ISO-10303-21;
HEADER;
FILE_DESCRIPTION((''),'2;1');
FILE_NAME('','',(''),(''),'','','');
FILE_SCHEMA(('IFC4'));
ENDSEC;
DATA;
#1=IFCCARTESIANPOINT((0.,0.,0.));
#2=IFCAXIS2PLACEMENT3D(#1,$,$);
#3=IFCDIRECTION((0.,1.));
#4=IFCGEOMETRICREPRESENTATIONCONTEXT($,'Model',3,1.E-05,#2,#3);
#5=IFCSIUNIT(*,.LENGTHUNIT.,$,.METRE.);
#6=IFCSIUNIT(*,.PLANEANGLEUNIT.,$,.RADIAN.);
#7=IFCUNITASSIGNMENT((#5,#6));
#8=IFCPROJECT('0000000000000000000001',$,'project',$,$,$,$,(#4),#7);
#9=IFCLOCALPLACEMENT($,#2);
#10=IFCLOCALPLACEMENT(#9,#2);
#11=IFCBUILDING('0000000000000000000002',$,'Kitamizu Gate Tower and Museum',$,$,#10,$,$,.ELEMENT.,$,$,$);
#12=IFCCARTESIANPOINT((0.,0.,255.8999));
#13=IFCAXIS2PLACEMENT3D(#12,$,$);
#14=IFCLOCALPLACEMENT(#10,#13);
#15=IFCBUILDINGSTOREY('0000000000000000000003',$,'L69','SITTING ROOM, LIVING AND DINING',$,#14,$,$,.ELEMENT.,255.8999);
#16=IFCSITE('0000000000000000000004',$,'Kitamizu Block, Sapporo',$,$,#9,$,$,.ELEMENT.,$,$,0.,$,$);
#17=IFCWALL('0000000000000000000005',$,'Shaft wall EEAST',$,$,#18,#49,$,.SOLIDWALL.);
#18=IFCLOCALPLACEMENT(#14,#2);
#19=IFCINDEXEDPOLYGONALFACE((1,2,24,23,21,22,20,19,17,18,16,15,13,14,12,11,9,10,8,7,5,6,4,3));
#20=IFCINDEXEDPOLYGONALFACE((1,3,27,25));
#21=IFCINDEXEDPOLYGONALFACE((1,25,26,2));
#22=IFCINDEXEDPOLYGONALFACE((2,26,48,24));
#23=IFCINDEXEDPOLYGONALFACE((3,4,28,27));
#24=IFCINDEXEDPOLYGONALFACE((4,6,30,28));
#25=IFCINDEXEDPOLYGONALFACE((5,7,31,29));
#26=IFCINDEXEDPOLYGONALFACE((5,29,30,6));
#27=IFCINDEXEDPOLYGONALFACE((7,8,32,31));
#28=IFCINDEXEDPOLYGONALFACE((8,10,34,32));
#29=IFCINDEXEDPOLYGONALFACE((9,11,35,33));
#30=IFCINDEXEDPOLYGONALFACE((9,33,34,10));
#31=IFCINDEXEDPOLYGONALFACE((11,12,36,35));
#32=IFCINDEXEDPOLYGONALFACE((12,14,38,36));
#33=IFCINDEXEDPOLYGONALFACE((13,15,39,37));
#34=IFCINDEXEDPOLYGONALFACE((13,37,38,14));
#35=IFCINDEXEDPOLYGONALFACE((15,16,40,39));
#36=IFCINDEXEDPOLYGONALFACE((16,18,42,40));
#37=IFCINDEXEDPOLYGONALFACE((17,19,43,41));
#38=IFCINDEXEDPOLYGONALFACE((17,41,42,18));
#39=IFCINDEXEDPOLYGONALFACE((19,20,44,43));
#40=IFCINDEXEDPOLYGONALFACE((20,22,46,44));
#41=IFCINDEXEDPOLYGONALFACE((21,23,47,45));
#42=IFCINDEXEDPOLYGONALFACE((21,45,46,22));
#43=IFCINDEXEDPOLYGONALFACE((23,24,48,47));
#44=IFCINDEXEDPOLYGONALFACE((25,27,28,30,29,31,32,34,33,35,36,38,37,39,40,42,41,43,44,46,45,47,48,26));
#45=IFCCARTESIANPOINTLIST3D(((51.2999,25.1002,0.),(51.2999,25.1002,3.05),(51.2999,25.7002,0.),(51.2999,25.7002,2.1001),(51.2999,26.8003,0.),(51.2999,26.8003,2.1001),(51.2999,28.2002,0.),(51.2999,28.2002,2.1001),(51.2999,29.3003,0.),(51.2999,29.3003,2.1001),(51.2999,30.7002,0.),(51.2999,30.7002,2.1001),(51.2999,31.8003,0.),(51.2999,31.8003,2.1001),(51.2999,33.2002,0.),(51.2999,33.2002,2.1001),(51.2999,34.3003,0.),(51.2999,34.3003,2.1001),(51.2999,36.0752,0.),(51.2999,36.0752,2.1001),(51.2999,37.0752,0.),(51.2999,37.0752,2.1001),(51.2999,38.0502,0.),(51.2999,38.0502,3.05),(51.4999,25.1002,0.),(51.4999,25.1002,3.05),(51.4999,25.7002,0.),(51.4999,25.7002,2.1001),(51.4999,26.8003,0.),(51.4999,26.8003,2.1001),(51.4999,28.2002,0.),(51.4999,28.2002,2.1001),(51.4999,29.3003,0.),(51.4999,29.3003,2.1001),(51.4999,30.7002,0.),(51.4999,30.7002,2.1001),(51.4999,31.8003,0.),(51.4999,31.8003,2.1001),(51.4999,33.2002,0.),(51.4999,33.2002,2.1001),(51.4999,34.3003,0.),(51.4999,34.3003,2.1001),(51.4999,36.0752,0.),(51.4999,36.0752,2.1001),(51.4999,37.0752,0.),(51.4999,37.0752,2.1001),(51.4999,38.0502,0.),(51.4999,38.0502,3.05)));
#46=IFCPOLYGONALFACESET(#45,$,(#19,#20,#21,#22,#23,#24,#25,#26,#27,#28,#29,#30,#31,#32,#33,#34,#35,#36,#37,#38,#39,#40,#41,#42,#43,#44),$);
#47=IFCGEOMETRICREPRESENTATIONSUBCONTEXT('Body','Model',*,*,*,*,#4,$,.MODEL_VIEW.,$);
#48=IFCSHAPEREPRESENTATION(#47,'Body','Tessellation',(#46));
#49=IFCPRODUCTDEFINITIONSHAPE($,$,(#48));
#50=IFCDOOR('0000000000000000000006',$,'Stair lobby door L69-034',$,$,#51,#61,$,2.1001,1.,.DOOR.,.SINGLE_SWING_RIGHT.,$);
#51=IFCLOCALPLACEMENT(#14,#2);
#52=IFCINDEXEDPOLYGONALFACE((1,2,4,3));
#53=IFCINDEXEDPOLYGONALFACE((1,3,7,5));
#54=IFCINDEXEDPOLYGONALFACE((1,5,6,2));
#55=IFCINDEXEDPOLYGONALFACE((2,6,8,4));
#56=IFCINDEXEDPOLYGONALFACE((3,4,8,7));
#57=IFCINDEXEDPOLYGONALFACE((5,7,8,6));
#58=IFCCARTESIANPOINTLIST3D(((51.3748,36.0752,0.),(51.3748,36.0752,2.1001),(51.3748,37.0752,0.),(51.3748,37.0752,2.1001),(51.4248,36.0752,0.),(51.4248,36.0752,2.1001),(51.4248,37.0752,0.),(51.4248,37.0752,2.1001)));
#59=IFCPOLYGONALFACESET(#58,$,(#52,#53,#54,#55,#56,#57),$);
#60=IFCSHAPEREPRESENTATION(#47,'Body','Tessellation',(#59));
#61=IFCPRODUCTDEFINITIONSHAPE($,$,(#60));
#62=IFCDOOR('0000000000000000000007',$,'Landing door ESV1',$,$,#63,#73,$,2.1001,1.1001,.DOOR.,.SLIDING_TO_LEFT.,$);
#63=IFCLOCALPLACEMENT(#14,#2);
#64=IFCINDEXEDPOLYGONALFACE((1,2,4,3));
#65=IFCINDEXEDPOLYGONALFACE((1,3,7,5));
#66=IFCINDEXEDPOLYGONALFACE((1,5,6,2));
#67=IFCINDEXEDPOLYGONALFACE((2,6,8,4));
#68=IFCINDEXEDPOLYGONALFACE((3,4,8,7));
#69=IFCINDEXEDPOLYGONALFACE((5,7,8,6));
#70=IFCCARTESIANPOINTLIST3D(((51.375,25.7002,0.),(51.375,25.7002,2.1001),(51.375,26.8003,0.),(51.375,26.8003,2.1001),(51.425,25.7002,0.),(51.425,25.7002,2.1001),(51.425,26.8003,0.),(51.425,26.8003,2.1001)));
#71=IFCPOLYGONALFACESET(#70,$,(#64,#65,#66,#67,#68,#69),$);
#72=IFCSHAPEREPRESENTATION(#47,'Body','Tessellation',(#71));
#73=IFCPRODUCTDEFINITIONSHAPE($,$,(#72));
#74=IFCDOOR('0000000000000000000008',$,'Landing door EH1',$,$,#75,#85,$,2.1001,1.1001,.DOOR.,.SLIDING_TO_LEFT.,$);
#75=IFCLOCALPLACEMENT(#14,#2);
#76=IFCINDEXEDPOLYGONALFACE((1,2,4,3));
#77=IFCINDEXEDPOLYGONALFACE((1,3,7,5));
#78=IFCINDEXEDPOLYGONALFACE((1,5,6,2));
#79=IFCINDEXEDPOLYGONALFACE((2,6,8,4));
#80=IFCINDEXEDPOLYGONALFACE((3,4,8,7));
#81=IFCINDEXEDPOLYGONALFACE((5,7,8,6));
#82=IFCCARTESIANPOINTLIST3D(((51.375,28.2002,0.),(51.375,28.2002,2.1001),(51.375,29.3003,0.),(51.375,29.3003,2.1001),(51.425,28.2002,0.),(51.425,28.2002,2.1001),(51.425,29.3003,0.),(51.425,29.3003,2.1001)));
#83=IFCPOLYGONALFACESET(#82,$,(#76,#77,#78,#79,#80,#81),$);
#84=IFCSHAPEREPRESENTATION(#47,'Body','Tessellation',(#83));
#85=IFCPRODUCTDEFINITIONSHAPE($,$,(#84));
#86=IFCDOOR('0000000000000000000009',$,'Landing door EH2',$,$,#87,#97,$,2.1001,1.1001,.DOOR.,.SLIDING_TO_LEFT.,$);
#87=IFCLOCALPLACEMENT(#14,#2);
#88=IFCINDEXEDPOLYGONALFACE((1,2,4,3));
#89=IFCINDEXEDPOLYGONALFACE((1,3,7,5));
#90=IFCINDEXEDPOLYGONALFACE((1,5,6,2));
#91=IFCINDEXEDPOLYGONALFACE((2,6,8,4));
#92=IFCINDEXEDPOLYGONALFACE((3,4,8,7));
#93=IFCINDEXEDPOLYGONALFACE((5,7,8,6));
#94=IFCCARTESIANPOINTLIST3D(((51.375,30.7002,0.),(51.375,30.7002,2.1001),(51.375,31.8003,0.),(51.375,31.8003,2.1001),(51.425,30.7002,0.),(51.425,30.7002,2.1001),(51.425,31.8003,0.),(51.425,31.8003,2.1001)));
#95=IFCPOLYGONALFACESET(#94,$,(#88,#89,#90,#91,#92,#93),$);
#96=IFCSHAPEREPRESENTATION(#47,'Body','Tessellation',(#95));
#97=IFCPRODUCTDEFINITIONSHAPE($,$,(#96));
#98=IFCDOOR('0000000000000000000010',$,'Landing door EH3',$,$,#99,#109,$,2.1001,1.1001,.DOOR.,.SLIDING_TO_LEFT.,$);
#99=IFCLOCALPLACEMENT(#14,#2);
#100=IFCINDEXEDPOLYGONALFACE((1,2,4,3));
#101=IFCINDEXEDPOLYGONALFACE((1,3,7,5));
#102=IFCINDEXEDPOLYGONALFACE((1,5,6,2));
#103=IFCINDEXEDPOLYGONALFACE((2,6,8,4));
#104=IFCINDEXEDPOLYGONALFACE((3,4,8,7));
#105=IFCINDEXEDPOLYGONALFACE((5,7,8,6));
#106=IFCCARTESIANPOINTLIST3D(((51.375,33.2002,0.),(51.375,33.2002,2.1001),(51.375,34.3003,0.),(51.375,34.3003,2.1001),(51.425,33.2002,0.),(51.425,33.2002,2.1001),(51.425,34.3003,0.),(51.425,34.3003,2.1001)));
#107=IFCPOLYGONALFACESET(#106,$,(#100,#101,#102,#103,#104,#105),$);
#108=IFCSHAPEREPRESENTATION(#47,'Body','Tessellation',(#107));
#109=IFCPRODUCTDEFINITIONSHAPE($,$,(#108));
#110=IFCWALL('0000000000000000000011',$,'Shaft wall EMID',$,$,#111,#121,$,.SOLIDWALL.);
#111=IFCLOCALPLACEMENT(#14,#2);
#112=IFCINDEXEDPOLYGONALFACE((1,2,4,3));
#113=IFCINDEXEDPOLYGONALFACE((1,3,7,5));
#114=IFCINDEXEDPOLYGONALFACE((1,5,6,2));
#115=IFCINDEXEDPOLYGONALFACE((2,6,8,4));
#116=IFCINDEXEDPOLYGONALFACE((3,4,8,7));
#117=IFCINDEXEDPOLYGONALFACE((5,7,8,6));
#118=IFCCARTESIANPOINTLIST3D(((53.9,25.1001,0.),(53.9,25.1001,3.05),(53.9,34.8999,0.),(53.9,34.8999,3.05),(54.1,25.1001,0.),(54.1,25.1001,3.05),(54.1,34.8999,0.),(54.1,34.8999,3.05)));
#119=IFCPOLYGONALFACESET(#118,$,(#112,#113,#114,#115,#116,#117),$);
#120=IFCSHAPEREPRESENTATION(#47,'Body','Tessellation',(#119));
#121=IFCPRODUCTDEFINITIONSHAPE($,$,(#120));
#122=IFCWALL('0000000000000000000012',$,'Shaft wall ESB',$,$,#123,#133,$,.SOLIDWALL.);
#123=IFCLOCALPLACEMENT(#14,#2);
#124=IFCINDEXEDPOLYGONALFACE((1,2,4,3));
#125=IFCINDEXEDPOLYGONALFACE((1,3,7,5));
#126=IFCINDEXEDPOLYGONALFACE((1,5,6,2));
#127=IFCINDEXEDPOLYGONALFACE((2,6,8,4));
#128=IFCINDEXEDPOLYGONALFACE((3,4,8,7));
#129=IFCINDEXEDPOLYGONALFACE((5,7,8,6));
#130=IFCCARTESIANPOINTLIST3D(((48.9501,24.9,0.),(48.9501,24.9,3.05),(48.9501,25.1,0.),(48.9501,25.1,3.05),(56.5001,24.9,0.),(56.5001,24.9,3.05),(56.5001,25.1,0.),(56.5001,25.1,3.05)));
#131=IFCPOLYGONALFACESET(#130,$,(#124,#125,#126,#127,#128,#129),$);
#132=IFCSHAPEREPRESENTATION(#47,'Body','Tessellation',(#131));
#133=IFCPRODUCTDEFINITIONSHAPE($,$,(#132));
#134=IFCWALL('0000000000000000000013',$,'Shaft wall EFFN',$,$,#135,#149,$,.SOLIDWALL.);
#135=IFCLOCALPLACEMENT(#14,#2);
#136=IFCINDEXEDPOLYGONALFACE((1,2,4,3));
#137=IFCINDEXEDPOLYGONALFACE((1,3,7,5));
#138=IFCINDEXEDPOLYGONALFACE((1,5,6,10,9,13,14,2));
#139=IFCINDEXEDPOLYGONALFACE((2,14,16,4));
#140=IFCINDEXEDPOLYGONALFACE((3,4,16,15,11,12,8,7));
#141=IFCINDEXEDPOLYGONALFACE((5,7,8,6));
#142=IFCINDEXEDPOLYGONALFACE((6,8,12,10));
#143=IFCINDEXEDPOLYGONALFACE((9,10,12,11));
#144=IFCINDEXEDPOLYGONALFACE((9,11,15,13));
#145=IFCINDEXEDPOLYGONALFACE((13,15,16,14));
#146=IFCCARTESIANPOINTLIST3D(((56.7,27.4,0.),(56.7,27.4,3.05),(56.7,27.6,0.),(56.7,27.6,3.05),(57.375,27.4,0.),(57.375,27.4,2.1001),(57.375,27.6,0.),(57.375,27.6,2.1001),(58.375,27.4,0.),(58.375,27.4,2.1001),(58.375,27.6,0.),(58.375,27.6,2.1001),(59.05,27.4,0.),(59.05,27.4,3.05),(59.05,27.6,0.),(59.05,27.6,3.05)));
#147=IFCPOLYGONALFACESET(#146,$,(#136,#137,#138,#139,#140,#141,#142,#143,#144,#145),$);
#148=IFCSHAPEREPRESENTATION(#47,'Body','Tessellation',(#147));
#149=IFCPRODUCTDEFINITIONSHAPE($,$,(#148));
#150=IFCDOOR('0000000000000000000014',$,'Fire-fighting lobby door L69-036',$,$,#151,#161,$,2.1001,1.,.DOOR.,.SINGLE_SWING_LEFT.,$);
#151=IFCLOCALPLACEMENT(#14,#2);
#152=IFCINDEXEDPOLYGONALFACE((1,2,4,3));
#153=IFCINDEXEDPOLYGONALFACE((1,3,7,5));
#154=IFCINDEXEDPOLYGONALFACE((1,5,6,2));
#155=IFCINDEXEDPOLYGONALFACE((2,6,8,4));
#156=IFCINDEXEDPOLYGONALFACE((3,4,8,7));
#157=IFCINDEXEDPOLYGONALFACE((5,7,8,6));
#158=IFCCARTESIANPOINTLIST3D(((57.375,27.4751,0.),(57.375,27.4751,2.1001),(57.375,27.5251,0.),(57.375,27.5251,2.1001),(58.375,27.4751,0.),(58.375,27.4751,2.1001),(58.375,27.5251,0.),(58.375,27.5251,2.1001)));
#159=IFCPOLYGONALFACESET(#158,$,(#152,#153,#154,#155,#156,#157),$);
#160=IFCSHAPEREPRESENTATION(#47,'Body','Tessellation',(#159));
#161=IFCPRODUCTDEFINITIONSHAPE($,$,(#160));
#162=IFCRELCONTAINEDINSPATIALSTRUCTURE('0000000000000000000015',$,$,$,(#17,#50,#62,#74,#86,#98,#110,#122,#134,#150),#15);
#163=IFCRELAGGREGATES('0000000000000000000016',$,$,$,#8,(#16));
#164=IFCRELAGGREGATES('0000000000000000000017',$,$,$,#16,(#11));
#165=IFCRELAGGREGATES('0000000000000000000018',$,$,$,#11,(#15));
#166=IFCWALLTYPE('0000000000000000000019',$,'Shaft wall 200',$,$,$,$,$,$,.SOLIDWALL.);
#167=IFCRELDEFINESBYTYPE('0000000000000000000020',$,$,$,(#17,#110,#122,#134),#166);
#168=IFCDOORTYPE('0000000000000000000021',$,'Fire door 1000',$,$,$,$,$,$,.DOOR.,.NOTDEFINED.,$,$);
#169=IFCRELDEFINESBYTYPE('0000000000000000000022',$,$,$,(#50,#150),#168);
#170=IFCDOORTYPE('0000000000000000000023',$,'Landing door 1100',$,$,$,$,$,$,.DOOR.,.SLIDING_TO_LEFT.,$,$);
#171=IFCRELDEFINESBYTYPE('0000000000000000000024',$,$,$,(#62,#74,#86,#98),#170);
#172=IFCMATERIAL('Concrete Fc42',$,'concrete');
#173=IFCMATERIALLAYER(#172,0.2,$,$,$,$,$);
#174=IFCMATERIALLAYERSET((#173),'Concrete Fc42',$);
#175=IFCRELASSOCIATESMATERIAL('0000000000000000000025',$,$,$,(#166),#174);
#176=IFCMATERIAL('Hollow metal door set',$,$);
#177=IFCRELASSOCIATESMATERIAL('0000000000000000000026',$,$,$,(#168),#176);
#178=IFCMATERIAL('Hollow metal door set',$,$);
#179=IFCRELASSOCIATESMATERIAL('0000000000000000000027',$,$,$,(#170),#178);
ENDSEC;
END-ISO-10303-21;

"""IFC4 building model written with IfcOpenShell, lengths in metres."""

from ifc_helpers import new_model, si_unit, direction, frame, frame_2d, origin, place, context, subcontext, project, spatial, rectangle, extrude, material, layer, layer_set, type_object, element, fill, save


model = new_model("IFC4")

# Units and contexts
model_context = context("Model", 3, precision=1e-05, world=origin(), true_north=direction((0.0, 1.0)))
body_context = subcontext(model_context, "Body", "Model", "MODEL_VIEW")
ifc_project = project(units=[si_unit("LENGTHUNIT", "METRE"), si_unit("PLANEANGLEUNIT", "RADIAN")], contexts=[model_context])

# Site, building, storey
site_placement = place(None, origin())
site = spatial("IfcSite", under=ifc_project, at=site_placement, Name="Kitamizu Block, Sapporo", CompositionType="ELEMENT", RefElevation=0.0)
building_placement = place(site_placement, origin())
building = spatial("IfcBuilding", under=site, at=building_placement, Name="Kitamizu Gate Tower and Museum", CompositionType="ELEMENT")
storey_placement = place(building_placement, frame((0.0, 0.0, 255.8999)))
storey = spatial("IfcBuildingStorey", under=building, at=storey_placement, Name="L69", Description="SITTING ROOM, LIVING AND DINING", CompositionType="ELEMENT", Elevation=255.8999)

# Wall, openings, doors
ifc_material_1 = material(Name="Concrete Fc42", Category="concrete")
ifc_layer_1 = layer(ifc_material_1, 0.2)
ifc_layer_set_1 = layer_set([ifc_layer_1], Name="Concrete Fc42")
wall_type_1 = type_object("IfcWallType", Name="Shaft wall 200", PredefinedType="SOLIDWALL", material=ifc_layer_set_1)
wall_1_placement = place(storey_placement, frame((51.3999, 25.1001, 0.0), z_axis=(0.0, 0.0, 1.0), x_axis=(0.0, 1.0, 0.0)))
wall_1 = element("IfcWall", 1, at=wall_1_placement, inside=storey, type_object=wall_type_1, Name="Shaft wall EEAST", PredefinedType="SOLIDWALL", context=body_context, shape_type="SweptSolid", body=[
    extrude(rectangle(XDim=12.95, YDim=0.2, at=frame_2d((6.4751, 0.0))), origin(), (0.0, 0.0, 1.0), 3.05),
])
opening_1_placement = place(wall_1_placement, frame((0.6001, 0.0, 0.0)))
opening_1 = element("IfcOpeningElement", 2, at=opening_1_placement, cuts=wall_1, PredefinedType="OPENING", context=body_context, shape_type="SweptSolid", body=[
    extrude(rectangle(XDim=1.1001, YDim=2.1001, at=frame_2d((0.55, 1.05))), frame((0.0, 0.1099, 0.0), z_axis=(0.0, -1.0, 0.0), x_axis=(1.0, 0.0, 0.0)), (0.0, 0.0, 1.0), 0.22),
])
opening_2_placement = place(wall_1_placement, frame((3.1001, 0.0, 0.0)))
opening_2 = element("IfcOpeningElement", 3, at=opening_2_placement, cuts=wall_1, PredefinedType="OPENING", context=body_context, shape_type="SweptSolid", body=[
    extrude(rectangle(XDim=1.1001, YDim=2.1001, at=frame_2d((0.55, 1.05))), frame((0.0, 0.1099, 0.0), z_axis=(0.0, -1.0, 0.0), x_axis=(1.0, 0.0, 0.0)), (0.0, 0.0, 1.0), 0.22),
])
opening_3_placement = place(wall_1_placement, frame((5.6001, 0.0, 0.0)))
opening_3 = element("IfcOpeningElement", 4, at=opening_3_placement, cuts=wall_1, PredefinedType="OPENING", context=body_context, shape_type="SweptSolid", body=[
    extrude(rectangle(XDim=1.1001, YDim=2.1001, at=frame_2d((0.55, 1.05))), frame((0.0, 0.1099, 0.0), z_axis=(0.0, -1.0, 0.0), x_axis=(1.0, 0.0, 0.0)), (0.0, 0.0, 1.0), 0.22),
])
opening_4_placement = place(wall_1_placement, frame((8.1001, 0.0, 0.0)))
opening_4 = element("IfcOpeningElement", 5, at=opening_4_placement, cuts=wall_1, PredefinedType="OPENING", context=body_context, shape_type="SweptSolid", body=[
    extrude(rectangle(XDim=1.1001, YDim=2.1001, at=frame_2d((0.55, 1.05))), frame((0.0, 0.1099, 0.0), z_axis=(0.0, -1.0, 0.0), x_axis=(1.0, 0.0, 0.0)), (0.0, 0.0, 1.0), 0.22),
])
opening_5_placement = place(wall_1_placement, frame((10.9751, 0.0, 0.0)))
opening_5 = element("IfcOpeningElement", 6, at=opening_5_placement, cuts=wall_1, PredefinedType="OPENING", context=body_context, shape_type="SweptSolid", body=[
    extrude(rectangle(XDim=1.0, YDim=2.1001, at=frame_2d((0.5, 1.05))), frame((0.0, 0.1099, 0.0), z_axis=(0.0, -1.0, 0.0), x_axis=(1.0, 0.0, 0.0)), (0.0, 0.0, 1.0), 0.22),
])
ifc_material_2 = material(Name="Hollow metal door set")
door_type_1 = type_object("IfcDoorType", Name="Fire door 1000", OperationType="NOTDEFINED", PredefinedType="DOOR", material=ifc_material_2)
door_1_placement = place(opening_5_placement, frame((1.0, 0.0, 0.0), x_axis=(-1.0, 0.0, 0.0)))
door_1 = element("IfcDoor", 7, at=door_1_placement, inside=storey, type_object=door_type_1, Name="Stair lobby door L69-034", OperationType="SINGLE_SWING_RIGHT", OverallHeight=2.1001, OverallWidth=1.0, PredefinedType="DOOR", context=body_context, shape_type="SweptSolid", body=[
    extrude(rectangle(XDim=1.0, YDim=2.1001, at=frame_2d((0.5, 1.05))), frame((0.0, 0.0249, 0.0), z_axis=(0.0, -1.0, 0.0), x_axis=(1.0, 0.0, 0.0)), (0.0, 0.0, 1.0), 0.05),
])
fill(opening_5, door_1)
ifc_material_3 = material(Name="Hollow metal door set")
door_type_2 = type_object("IfcDoorType", Name="Landing door 1100", OperationType="SLIDING_TO_LEFT", PredefinedType="DOOR", material=ifc_material_3)
door_2_placement = place(opening_1_placement, origin())
door_2 = element("IfcDoor", 8, at=door_2_placement, inside=storey, type_object=door_type_2, Name="Landing door ESV1", OperationType="SLIDING_TO_LEFT", OverallHeight=2.1001, OverallWidth=1.1001, PredefinedType="DOOR", context=body_context, shape_type="SweptSolid", body=[
    extrude(rectangle(XDim=1.1001, YDim=2.1001, at=frame_2d((0.55, 1.05))), frame((0.0, 0.0249, 0.0), z_axis=(0.0, -1.0, 0.0), x_axis=(1.0, 0.0, 0.0)), (0.0, 0.0, 1.0), 0.05),
])
fill(opening_1, door_2)
door_3_placement = place(opening_2_placement, origin())
door_3 = element("IfcDoor", 9, at=door_3_placement, inside=storey, type_object=door_type_2, Name="Landing door EH1", OperationType="SLIDING_TO_LEFT", OverallHeight=2.1001, OverallWidth=1.1001, PredefinedType="DOOR", context=body_context, shape_type="SweptSolid", body=[
    extrude(rectangle(XDim=1.1001, YDim=2.1001, at=frame_2d((0.55, 1.05))), frame((0.0, 0.0249, 0.0), z_axis=(0.0, -1.0, 0.0), x_axis=(1.0, 0.0, 0.0)), (0.0, 0.0, 1.0), 0.05),
])
fill(opening_2, door_3)
door_4_placement = place(opening_3_placement, origin())
door_4 = element("IfcDoor", 10, at=door_4_placement, inside=storey, type_object=door_type_2, Name="Landing door EH2", OperationType="SLIDING_TO_LEFT", OverallHeight=2.1001, OverallWidth=1.1001, PredefinedType="DOOR", context=body_context, shape_type="SweptSolid", body=[
    extrude(rectangle(XDim=1.1001, YDim=2.1001, at=frame_2d((0.55, 1.05))), frame((0.0, 0.0249, 0.0), z_axis=(0.0, -1.0, 0.0), x_axis=(1.0, 0.0, 0.0)), (0.0, 0.0, 1.0), 0.05),
])
fill(opening_3, door_4)
door_5_placement = place(opening_4_placement, origin())
door_5 = element("IfcDoor", 11, at=door_5_placement, inside=storey, type_object=door_type_2, Name="Landing door EH3", OperationType="SLIDING_TO_LEFT", OverallHeight=2.1001, OverallWidth=1.1001, PredefinedType="DOOR", context=body_context, shape_type="SweptSolid", body=[
    extrude(rectangle(XDim=1.1001, YDim=2.1001, at=frame_2d((0.55, 1.05))), frame((0.0, 0.0249, 0.0), z_axis=(0.0, -1.0, 0.0), x_axis=(1.0, 0.0, 0.0)), (0.0, 0.0, 1.0), 0.05),
])
fill(opening_4, door_5)

# Walls
wall_2_placement = place(storey_placement, frame((54.0, 25.1001, 0.0), z_axis=(0.0, 0.0, 1.0), x_axis=(0.0, 1.0, 0.0)))
element("IfcWall", 12, at=wall_2_placement, inside=storey, type_object=wall_type_1, Name="Shaft wall EMID", PredefinedType="SOLIDWALL", context=body_context, shape_type="SweptSolid", body=[
    extrude(rectangle(XDim=9.7998, YDim=0.2, at=frame_2d((4.8999, 0.0))), origin(), (0.0, 0.0, 1.0), 3.05),
])
wall_3_placement = place(storey_placement, frame((56.5, 25.0, 0.0), z_axis=(0.0, 0.0, 1.0), x_axis=(-1.0, 0.0, 0.0)))
element("IfcWall", 13, at=wall_3_placement, inside=storey, type_object=wall_type_1, Name="Shaft wall ESB", PredefinedType="SOLIDWALL", context=body_context, shape_type="SweptSolid", body=[
    extrude(rectangle(XDim=7.55, YDim=0.2, at=frame_2d((3.7749, 0.0))), origin(), (0.0, 0.0, 1.0), 3.05),
])

# Wall, opening, door
wall_4_placement = place(storey_placement, frame((59.05, 27.5, 0.0), z_axis=(0.0, 0.0, 1.0), x_axis=(-1.0, 0.0, 0.0)))
wall_4 = element("IfcWall", 14, at=wall_4_placement, inside=storey, type_object=wall_type_1, Name="Shaft wall EFFN", PredefinedType="SOLIDWALL", context=body_context, shape_type="SweptSolid", body=[
    extrude(rectangle(XDim=2.3501, YDim=0.2, at=frame_2d((1.175, 0.0))), origin(), (0.0, 0.0, 1.0), 3.05),
])
opening_6_placement = place(wall_4_placement, frame((0.675, 0.0, 0.0)))
opening_6 = element("IfcOpeningElement", 15, at=opening_6_placement, cuts=wall_4, PredefinedType="OPENING", context=body_context, shape_type="SweptSolid", body=[
    extrude(rectangle(XDim=1.0, YDim=2.1001, at=frame_2d((0.5, 1.05))), frame((0.0, 0.1099, 0.0), z_axis=(0.0, -1.0, 0.0), x_axis=(1.0, 0.0, 0.0)), (0.0, 0.0, 1.0), 0.22),
])
door_6_placement = place(opening_6_placement, origin())
door_6 = element("IfcDoor", 16, at=door_6_placement, inside=storey, type_object=door_type_1, Name="Fire-fighting lobby door L69-036", OperationType="SINGLE_SWING_LEFT", OverallHeight=2.1001, OverallWidth=1.0, PredefinedType="DOOR", context=body_context, shape_type="SweptSolid", body=[
    extrude(rectangle(XDim=1.0, YDim=2.1001, at=frame_2d((0.5, 1.05))), frame((0.0, 0.0249, 0.0), z_axis=(0.0, -1.0, 0.0), x_axis=(1.0, 0.0, 0.0)), (0.0, 0.0, 1.0), 0.05),
])
fill(opening_6, door_6)

save(model, "model.ifc")
